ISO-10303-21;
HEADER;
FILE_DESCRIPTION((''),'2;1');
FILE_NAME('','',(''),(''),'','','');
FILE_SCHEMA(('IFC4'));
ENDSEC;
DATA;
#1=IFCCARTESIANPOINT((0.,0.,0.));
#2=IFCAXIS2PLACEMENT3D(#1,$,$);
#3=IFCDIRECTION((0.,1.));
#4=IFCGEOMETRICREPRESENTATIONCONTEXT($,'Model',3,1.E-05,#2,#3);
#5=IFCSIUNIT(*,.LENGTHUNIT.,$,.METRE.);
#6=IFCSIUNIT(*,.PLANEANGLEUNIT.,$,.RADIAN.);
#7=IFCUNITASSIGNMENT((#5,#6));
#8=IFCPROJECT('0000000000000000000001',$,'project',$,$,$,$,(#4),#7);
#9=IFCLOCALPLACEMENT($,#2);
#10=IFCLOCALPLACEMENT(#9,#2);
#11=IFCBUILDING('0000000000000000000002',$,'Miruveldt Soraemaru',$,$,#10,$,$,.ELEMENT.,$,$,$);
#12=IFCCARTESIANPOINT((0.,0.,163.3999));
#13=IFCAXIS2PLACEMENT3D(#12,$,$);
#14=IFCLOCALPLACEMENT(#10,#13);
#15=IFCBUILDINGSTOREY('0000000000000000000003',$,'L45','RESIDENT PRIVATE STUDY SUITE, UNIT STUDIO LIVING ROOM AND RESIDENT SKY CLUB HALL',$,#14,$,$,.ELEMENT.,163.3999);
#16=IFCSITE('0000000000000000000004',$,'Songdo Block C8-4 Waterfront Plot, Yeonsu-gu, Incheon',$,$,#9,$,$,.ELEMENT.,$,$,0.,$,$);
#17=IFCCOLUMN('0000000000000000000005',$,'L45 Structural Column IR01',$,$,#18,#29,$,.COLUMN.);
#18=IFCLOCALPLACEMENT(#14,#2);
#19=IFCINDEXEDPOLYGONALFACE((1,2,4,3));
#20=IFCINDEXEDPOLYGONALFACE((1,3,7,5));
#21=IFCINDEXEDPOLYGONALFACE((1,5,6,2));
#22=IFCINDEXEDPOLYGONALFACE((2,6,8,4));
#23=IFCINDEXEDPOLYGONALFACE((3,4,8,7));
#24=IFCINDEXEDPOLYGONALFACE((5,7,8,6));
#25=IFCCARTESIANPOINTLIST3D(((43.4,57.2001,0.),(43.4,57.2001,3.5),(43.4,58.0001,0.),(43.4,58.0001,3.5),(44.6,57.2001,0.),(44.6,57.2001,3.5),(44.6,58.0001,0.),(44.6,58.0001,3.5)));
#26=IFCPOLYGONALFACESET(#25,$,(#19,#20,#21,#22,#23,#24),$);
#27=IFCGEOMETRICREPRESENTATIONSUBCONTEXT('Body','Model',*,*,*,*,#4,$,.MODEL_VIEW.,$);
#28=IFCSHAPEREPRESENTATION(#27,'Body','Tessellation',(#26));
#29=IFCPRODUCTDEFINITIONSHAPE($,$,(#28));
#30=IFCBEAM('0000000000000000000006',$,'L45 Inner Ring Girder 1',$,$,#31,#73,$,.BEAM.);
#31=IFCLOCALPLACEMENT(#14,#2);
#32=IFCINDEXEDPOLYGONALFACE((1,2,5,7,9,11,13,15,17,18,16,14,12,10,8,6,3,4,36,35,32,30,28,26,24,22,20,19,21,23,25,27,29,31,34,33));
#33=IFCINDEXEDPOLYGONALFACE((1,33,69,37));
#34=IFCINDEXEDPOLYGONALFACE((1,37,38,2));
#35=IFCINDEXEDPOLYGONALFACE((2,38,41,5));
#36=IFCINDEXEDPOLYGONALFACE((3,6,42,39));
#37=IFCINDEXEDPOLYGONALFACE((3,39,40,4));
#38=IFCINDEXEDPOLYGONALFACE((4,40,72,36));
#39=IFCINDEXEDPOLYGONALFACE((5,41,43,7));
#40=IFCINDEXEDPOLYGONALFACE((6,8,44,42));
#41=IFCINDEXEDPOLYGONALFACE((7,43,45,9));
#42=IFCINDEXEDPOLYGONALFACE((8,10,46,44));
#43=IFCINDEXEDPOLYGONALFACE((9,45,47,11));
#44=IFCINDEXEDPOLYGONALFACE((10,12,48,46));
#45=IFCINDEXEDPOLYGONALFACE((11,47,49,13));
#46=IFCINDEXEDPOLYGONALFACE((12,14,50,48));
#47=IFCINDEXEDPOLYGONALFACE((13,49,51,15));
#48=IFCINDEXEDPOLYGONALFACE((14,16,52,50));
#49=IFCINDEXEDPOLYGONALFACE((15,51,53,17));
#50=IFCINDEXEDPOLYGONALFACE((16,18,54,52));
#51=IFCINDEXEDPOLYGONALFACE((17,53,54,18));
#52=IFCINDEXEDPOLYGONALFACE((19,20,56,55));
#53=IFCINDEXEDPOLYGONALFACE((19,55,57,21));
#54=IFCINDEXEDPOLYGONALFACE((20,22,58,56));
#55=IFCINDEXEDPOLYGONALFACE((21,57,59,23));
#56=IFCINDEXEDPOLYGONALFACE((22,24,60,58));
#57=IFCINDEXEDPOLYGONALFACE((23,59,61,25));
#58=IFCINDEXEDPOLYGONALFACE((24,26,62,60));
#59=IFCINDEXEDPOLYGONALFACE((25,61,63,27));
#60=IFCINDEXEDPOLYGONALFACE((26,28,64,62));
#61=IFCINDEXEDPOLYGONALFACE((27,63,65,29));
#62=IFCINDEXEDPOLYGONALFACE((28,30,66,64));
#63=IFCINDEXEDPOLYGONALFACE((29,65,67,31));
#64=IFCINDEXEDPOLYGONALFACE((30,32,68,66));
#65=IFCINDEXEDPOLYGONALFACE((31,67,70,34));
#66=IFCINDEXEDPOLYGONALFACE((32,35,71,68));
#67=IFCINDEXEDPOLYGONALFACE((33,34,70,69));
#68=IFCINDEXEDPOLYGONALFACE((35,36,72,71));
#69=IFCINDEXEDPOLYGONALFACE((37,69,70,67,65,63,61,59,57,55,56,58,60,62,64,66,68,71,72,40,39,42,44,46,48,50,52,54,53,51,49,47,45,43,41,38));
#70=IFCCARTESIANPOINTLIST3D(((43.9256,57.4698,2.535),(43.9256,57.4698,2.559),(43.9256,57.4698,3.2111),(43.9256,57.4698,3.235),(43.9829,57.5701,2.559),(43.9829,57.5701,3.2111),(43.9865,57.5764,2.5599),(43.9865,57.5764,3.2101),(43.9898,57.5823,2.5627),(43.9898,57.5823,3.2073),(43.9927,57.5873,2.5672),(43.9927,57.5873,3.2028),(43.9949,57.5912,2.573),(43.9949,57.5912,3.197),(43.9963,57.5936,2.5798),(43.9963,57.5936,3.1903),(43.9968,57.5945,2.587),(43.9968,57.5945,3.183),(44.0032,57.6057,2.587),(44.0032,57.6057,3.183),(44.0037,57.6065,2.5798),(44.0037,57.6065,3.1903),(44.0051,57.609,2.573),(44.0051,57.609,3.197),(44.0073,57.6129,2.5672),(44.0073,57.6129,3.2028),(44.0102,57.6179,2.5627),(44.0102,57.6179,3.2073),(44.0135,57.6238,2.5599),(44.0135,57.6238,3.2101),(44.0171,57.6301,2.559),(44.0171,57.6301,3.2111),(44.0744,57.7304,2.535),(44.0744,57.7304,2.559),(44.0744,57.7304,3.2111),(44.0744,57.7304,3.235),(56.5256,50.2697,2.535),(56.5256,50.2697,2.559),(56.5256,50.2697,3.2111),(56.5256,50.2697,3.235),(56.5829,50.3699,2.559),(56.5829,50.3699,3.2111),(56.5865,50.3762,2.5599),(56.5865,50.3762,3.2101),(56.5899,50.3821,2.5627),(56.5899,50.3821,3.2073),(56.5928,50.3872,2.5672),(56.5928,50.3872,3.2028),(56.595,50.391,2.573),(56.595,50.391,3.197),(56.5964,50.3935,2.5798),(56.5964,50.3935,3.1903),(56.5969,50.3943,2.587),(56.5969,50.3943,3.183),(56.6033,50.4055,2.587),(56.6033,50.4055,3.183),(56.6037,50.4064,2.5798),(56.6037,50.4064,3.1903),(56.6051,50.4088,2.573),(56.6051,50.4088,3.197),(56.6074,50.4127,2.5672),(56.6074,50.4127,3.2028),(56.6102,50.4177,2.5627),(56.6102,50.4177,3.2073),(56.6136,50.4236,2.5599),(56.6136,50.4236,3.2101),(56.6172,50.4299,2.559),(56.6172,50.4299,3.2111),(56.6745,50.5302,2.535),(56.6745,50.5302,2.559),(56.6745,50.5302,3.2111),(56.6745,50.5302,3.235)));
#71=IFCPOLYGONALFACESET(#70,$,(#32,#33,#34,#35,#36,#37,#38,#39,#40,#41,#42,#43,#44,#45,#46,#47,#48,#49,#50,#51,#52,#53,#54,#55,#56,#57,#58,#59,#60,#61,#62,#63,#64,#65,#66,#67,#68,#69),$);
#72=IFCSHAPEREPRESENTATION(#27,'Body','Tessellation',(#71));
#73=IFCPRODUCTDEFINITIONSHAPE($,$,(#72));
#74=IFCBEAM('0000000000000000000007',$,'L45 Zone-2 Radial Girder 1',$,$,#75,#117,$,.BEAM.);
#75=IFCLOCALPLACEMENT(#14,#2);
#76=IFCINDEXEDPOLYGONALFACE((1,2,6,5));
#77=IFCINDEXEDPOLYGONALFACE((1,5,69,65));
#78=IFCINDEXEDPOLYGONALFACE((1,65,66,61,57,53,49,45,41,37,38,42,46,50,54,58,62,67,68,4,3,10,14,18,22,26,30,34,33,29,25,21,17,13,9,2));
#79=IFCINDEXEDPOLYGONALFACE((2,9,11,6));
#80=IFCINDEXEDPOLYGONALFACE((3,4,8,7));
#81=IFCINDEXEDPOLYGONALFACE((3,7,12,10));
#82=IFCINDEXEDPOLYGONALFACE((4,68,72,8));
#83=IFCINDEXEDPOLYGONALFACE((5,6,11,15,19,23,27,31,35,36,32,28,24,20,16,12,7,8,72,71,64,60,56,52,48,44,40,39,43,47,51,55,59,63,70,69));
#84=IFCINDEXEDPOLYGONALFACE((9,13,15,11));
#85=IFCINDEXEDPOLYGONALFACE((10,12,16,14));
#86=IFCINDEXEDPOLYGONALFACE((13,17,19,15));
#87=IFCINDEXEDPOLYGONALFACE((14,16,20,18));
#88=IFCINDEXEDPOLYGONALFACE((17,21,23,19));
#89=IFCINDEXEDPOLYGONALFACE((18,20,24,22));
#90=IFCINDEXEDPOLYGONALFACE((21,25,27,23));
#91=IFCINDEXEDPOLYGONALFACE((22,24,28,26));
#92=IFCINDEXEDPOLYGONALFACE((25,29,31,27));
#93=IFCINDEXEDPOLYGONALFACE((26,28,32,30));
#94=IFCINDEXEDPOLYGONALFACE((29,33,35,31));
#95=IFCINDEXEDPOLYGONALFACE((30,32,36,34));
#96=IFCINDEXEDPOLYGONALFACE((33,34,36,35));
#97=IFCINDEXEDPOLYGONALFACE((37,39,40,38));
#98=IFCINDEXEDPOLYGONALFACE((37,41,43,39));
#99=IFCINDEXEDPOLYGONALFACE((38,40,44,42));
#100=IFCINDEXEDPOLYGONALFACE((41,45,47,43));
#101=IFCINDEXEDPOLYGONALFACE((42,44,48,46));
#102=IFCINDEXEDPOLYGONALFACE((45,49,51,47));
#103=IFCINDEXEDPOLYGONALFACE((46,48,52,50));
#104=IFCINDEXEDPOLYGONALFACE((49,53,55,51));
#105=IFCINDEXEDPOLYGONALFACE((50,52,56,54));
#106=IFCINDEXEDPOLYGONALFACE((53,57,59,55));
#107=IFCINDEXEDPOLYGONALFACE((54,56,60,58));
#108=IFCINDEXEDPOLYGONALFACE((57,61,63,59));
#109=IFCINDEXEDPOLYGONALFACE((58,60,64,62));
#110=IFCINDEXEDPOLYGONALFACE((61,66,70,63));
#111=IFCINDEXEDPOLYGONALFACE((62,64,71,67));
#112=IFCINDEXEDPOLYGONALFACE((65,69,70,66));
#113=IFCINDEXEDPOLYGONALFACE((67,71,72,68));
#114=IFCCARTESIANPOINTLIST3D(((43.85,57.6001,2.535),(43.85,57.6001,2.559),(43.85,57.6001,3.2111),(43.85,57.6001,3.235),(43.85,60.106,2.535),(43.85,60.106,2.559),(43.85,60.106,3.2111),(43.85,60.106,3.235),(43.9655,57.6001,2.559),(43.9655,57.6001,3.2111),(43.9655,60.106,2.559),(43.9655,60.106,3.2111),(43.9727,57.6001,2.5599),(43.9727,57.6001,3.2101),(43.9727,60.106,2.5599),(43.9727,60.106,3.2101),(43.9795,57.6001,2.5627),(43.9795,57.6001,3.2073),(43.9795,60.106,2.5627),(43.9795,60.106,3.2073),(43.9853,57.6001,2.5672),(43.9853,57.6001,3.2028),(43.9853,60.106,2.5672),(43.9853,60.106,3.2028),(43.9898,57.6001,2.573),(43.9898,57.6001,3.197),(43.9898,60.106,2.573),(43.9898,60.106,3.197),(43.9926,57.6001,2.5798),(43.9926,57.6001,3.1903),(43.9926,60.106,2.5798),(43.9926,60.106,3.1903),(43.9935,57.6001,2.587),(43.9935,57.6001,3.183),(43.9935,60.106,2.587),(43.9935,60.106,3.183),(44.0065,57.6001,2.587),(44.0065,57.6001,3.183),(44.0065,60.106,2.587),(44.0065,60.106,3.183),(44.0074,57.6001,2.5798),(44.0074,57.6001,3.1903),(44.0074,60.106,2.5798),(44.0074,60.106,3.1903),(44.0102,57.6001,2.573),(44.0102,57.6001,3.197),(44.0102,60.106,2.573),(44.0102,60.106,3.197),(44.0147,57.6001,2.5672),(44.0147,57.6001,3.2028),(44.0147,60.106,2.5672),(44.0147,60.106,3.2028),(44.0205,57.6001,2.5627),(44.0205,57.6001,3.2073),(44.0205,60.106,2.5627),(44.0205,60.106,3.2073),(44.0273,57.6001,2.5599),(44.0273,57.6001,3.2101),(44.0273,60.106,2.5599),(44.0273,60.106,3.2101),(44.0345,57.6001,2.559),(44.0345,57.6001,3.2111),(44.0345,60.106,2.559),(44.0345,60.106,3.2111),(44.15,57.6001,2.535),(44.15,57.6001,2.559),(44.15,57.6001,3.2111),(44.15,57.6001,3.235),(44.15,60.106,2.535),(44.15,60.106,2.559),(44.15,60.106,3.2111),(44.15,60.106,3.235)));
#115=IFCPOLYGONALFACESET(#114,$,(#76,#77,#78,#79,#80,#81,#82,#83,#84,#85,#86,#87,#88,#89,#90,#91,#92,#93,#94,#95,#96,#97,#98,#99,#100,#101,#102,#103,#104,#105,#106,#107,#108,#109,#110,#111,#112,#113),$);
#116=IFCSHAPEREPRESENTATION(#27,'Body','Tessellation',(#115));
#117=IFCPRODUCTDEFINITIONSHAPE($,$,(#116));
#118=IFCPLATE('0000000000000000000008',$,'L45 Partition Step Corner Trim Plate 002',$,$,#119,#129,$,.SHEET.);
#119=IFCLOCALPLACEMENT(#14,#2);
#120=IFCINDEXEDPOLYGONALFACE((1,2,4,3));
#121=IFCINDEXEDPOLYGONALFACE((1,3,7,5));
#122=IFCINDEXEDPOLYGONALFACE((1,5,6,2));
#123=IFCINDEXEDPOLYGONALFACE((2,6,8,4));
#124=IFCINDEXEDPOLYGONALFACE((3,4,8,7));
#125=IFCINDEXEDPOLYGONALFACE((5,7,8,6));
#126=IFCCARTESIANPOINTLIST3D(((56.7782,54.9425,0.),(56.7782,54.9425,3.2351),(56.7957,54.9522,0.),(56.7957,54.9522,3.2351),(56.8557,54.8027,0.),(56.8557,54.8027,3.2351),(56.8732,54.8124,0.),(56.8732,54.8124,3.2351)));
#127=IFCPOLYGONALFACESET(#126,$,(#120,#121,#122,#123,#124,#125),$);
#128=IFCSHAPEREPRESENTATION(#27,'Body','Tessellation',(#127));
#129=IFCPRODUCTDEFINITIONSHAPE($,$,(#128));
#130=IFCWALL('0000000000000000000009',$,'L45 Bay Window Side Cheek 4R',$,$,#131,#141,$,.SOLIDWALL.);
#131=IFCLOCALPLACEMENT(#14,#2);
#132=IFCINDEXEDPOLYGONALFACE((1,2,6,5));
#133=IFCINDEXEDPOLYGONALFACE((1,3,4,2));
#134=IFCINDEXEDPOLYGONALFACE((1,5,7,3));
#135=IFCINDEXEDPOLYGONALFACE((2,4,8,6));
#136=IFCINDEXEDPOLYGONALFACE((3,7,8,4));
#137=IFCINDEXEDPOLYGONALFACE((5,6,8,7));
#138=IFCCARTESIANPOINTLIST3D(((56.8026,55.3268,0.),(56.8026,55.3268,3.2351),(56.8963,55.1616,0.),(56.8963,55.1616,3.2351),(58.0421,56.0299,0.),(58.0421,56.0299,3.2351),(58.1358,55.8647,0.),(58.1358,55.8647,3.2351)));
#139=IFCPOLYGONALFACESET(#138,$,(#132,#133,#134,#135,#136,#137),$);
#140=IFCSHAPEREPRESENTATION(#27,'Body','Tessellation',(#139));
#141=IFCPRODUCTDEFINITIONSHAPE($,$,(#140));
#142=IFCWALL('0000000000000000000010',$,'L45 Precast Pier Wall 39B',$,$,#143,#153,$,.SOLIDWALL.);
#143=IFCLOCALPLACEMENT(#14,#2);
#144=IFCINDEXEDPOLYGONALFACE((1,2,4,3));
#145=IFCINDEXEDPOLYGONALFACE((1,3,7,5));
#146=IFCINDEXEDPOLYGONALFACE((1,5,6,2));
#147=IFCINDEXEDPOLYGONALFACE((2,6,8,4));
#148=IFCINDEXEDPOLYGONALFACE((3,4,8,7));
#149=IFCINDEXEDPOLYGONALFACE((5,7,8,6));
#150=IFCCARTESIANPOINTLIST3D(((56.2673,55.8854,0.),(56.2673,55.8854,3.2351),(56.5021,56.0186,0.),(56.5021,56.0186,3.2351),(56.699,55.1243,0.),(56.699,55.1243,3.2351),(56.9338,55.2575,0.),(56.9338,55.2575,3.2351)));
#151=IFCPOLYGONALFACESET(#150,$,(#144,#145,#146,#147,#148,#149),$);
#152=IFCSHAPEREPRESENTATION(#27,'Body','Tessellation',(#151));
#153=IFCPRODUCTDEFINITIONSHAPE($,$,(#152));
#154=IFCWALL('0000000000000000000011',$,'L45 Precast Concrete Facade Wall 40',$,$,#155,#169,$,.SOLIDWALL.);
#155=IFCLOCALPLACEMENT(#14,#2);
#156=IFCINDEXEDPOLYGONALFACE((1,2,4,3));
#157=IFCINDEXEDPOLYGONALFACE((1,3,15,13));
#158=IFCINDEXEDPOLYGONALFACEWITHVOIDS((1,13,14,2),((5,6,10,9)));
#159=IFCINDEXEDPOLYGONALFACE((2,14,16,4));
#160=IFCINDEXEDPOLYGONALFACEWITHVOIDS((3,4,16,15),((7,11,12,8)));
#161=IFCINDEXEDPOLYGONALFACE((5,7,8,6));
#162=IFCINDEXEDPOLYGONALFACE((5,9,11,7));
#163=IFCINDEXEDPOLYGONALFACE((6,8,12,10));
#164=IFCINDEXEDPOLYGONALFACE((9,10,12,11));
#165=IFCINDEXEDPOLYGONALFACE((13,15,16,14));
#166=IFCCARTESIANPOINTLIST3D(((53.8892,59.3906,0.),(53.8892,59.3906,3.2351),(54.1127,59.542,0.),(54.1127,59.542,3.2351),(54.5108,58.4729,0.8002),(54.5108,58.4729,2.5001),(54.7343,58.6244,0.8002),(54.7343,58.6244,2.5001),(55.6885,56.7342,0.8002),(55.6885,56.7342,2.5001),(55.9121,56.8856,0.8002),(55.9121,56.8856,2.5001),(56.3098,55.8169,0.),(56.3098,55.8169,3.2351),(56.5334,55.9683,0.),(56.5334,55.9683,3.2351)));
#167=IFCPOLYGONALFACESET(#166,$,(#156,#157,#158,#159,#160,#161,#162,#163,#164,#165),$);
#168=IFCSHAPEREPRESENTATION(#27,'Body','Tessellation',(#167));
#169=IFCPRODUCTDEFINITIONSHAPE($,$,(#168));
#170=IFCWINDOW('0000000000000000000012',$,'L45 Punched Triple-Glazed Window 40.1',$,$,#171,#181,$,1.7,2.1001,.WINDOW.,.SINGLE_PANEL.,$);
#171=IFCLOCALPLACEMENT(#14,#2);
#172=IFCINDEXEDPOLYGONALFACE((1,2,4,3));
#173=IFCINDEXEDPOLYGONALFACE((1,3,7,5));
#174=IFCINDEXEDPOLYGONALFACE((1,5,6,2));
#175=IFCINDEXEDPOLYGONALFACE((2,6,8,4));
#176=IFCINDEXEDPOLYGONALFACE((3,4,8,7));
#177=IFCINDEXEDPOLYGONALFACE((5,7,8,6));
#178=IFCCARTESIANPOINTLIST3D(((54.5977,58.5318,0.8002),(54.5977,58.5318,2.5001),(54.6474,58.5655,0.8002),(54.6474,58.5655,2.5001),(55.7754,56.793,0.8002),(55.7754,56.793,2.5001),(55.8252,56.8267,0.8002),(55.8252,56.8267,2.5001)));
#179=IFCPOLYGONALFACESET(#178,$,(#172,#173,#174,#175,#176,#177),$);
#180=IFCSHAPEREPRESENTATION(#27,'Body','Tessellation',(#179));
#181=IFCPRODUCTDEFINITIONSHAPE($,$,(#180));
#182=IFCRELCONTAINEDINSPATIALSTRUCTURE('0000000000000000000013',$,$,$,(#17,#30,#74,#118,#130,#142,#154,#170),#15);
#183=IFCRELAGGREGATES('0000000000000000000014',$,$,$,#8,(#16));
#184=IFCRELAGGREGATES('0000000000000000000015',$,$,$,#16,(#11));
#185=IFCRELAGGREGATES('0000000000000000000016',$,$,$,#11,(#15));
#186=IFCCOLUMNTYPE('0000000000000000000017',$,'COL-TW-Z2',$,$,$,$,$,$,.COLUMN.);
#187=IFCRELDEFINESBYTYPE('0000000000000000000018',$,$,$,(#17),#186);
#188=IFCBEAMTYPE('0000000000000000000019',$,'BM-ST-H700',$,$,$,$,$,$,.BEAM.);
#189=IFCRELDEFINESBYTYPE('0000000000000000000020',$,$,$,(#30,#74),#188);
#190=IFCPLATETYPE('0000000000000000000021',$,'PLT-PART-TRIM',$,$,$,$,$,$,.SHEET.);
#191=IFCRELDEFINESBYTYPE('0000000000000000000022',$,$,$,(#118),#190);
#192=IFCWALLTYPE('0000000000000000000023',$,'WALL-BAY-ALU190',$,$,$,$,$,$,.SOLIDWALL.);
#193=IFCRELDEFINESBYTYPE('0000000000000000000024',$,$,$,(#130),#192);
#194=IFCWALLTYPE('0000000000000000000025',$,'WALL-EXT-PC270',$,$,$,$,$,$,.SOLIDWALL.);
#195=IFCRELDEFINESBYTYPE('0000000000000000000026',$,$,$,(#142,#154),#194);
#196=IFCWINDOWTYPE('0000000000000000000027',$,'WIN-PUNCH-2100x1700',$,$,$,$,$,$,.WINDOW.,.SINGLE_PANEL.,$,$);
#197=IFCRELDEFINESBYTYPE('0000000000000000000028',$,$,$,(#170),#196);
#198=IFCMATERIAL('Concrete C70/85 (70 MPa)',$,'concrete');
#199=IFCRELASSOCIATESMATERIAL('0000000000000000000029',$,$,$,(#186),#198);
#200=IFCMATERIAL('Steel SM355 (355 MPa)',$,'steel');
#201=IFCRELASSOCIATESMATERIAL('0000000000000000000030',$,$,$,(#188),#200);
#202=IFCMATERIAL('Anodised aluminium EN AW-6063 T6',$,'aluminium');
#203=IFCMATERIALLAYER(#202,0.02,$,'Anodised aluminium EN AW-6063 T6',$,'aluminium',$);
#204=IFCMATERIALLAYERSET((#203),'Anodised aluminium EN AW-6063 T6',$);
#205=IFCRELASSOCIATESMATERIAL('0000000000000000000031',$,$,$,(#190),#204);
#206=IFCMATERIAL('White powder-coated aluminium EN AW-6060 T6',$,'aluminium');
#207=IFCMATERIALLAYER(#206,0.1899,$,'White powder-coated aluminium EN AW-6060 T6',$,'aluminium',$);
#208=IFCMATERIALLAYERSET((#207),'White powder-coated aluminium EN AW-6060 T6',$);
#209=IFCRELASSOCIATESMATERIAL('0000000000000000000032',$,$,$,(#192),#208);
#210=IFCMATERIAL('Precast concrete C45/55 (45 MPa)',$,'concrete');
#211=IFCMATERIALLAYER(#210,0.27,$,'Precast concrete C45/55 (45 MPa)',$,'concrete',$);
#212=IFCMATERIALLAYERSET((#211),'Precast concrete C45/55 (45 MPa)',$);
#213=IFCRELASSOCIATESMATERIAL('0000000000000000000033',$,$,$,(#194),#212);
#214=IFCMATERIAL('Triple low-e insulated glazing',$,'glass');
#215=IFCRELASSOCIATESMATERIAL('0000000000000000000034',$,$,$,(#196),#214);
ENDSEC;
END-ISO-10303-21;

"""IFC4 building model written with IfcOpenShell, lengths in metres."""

from ifc_helpers import new_model, si_unit, direction, frame, frame_2d, origin, origin_2d, place, context, subcontext, project, spatial, rectangle, i_section, extrude, material, layer, layer_set, material_profile, profile_set, type_object, element, fill, save


model = new_model("IFC4")

# Units and contexts
model_context = context("Model", 3, precision=1e-05, world=origin(), true_north=direction((0.0, 1.0)))
body_context = subcontext(model_context, "Body", "Model", "MODEL_VIEW")
ifc_project = project(units=[si_unit("LENGTHUNIT", "METRE"), si_unit("PLANEANGLEUNIT", "RADIAN")], contexts=[model_context])

# Site, building, storey
site_placement = place(None, origin())
site = spatial("IfcSite", under=ifc_project, at=site_placement, Name="Songdo Block C8-4 Waterfront Plot, Yeonsu-gu, Incheon", CompositionType="ELEMENT", RefElevation=0.0)
building_placement = place(site_placement, origin())
building = spatial("IfcBuilding", under=site, at=building_placement, Name="Miruveldt Soraemaru", CompositionType="ELEMENT")
storey_placement = place(building_placement, frame((0.0, 0.0, 163.3999)))
storey = spatial("IfcBuildingStorey", under=building, at=storey_placement, Name="L45", Description="RESIDENT PRIVATE STUDY SUITE, UNIT STUDIO LIVING ROOM AND RESIDENT SKY CLUB HALL", CompositionType="ELEMENT", Elevation=163.3999)

# Column
ifc_material_1 = material(Name="Concrete C70/85 (70 MPa)", Category="concrete")
ifc_material_profile_1 = material_profile(ifc_material_1, rectangle(XDim=1.2, YDim=0.8, at=origin_2d()), Name="Concrete C70/85 (70 MPa)", Category="concrete")
ifc_profile_set_1 = profile_set([ifc_material_profile_1], Name="Concrete C70/85 (70 MPa)")
column_type = type_object("IfcColumnType", Name="COL-TW-Z2", PredefinedType="COLUMN", material=ifc_profile_set_1)
column_placement = place(storey_placement, frame((44.0, 57.6001, 0.0), z_axis=(0.0, 0.0, 1.0), x_axis=(1.0, 0.0, 0.0)))
element("IfcColumn", 1, at=column_placement, inside=storey, type_object=column_type, Name="L45 Structural Column IR01", PredefinedType="COLUMN", context=body_context, shape_type="SweptSolid", body=[
    extrude(rectangle(XDim=1.2, YDim=0.8, at=origin_2d()), origin(), (0.0, 0.0, 1.0), 3.5),
])

# Beams
ifc_material_2 = material(Name="Steel SM355 (355 MPa)", Category="steel")
ifc_material_profile_2 = material_profile(ifc_material_2, i_section(OverallWidth=0.3, OverallDepth=0.7, WebThickness=0.0129, FlangeThickness=0.0239, FilletRadius=0.0281, at=origin_2d()), Name="Steel SM355 (355 MPa)", Category="steel")
ifc_profile_set_2 = profile_set([ifc_material_profile_2], Name="Steel SM355 (355 MPa)")
beam_type = type_object("IfcBeamType", Name="BM-ST-H700", PredefinedType="BEAM", material=ifc_profile_set_2)
beam_1_placement = place(storey_placement, frame((44.0, 57.6001, 2.885), z_axis=(0.868239, -0.496146, 0.0), x_axis=(0.496146, 0.868239, 0.0)))
element("IfcBeam", 2, at=beam_1_placement, inside=storey, type_object=beam_type, Name="L45 Inner Ring Girder 1", PredefinedType="BEAM", context=body_context, shape_type="SweptSolid", body=[
    extrude(i_section(OverallWidth=0.3, OverallDepth=0.7, WebThickness=0.0129, FlangeThickness=0.0239, FilletRadius=0.0281, at=origin_2d()), origin(), (0.0, 0.0, 1.0), 14.5122),
])
beam_2_placement = place(storey_placement, frame((44.0, 57.6001, 2.885), z_axis=(0.0, 1.0, 0.0), x_axis=(-1.0, 0.0, 0.0)))
element("IfcBeam", 3, at=beam_2_placement, inside=storey, type_object=beam_type, Name="L45 Zone-2 Radial Girder 1", PredefinedType="BEAM", context=body_context, shape_type="SweptSolid", body=[
    extrude(i_section(OverallWidth=0.3, OverallDepth=0.7, WebThickness=0.0129, FlangeThickness=0.0239, FilletRadius=0.0281, at=origin_2d()), origin(), (0.0, 0.0, 1.0), 2.5059),
])

# Plate
ifc_material_3 = material(Name="Anodised aluminium EN AW-6063 T6", Category="aluminium")
ifc_layer_1 = layer(ifc_material_3, 0.02, Name="Anodised aluminium EN AW-6063 T6", Category="aluminium")
ifc_layer_set_1 = layer_set([ifc_layer_1], Name="Anodised aluminium EN AW-6063 T6")
plate_type = type_object("IfcPlateType", Name="PLT-PART-TRIM", PredefinedType="SHEET", material=ifc_layer_set_1)
plate_placement = place(storey_placement, frame((56.8257, 54.8774, 0.0), z_axis=(0.0, 0.0, 1.0), x_axis=(-0.484962, 0.874535, 0.0)))
element("IfcPlate", 4, at=plate_placement, inside=storey, type_object=plate_type, Name="L45 Partition Step Corner Trim Plate 002", PredefinedType="SHEET", context=body_context, shape_type="SweptSolid", body=[
    extrude(rectangle(XDim=0.1599, YDim=0.02, at=origin_2d()), origin(), (0.0, 0.0, 1.0), 3.2351),
])

# Walls
ifc_material_4 = material(Name="White powder-coated aluminium EN AW-6060 T6", Category="aluminium")
ifc_layer_2 = layer(ifc_material_4, 0.1899, Name="White powder-coated aluminium EN AW-6060 T6", Category="aluminium")
ifc_layer_set_2 = layer_set([ifc_layer_2], Name="White powder-coated aluminium EN AW-6060 T6")
wall_type_1 = type_object("IfcWallType", Name="WALL-BAY-ALU190", PredefinedType="SOLIDWALL", material=ifc_layer_set_2)
wall_1_placement = place(storey_placement, frame((58.0889, 55.9473, 0.0), z_axis=(0.0, 0.0, 1.0), x_axis=(-0.869799, -0.493406, 0.0)))
element("IfcWall", 5, at=wall_1_placement, inside=storey, type_object=wall_type_1, Name="L45 Bay Window Side Cheek 4R", PredefinedType="SOLIDWALL", context=body_context, shape_type="SweptSolid", body=[
    extrude(rectangle(XDim=1.425, YDim=0.1899, at=frame_2d((0.7124, 0.0))), origin(), (0.0, 0.0, 1.0), 3.2351),
])
ifc_material_5 = material(Name="Precast concrete C45/55 (45 MPa)", Category="concrete")
ifc_layer_3 = layer(ifc_material_5, 0.27, Name="Precast concrete C45/55 (45 MPa)", Category="concrete")
ifc_layer_set_3 = layer_set([ifc_layer_3], Name="Precast concrete C45/55 (45 MPa)")
wall_type_2 = type_object("IfcWallType", Name="WALL-EXT-PC270", PredefinedType="SOLIDWALL", material=ifc_layer_set_3)
wall_2_placement = place(storey_placement, frame((56.8164, 55.1909, 0.0), z_axis=(0.0, 0.0, 1.0), x_axis=(-0.493372, 0.869819, 0.0)))
element("IfcWall", 6, at=wall_2_placement, inside=storey, type_object=wall_type_2, Name="L45 Precast Pier Wall 39B", PredefinedType="SOLIDWALL", context=body_context, shape_type="SweptSolid", body=[
    extrude(rectangle(XDim=0.875, YDim=0.27, at=frame_2d((0.4375, 0.0))), origin(), (0.0, 0.0, 1.0), 3.2351),
])

# Wall, opening, window
wall_3_placement = place(storey_placement, frame((56.4216, 55.8926, 0.0), z_axis=(0.0, 0.0, 1.0), x_axis=(-0.560807, 0.827947, 0.0)))
wall_3 = element("IfcWall", 7, at=wall_3_placement, inside=storey, type_object=wall_type_2, Name="L45 Precast Concrete Facade Wall 40", PredefinedType="SOLIDWALL", context=body_context, shape_type="SweptSolid", body=[
    extrude(rectangle(XDim=4.3164, YDim=0.27, at=frame_2d((2.1582, 0.0))), origin(), (0.0, 0.0, 1.0), 3.2351),
])
opening_1_placement = place(wall_3_placement, frame((1.1079, 0.0, 0.8)))
opening_1 = element("IfcOpeningElement", 8, at=opening_1_placement, cuts=wall_3, PredefinedType="OPENING", context=body_context, shape_type="SweptSolid", body=[
    extrude(rectangle(XDim=2.1001, YDim=1.7, at=frame_2d((1.05, 0.8501))), frame((0.0, 0.145, 0.0), z_axis=(0.0, -1.0, 0.0), x_axis=(1.0, 0.0, 0.0)), (0.0, 0.0, 1.0), 0.29),
])
ifc_material_6 = material(Name="Triple low-e insulated glazing", Category="glass")
window_type = type_object("IfcWindowType", Name="WIN-PUNCH-2100x1700", PartitioningType="SINGLE_PANEL", PredefinedType="WINDOW", material=ifc_material_6)
window_placement = place(opening_1_placement, origin())
window = element("IfcWindow", 9, at=window_placement, inside=storey, type_object=window_type, Name="L45 Punched Triple-Glazed Window 40.1", OverallHeight=1.7, OverallWidth=2.1001, PartitioningType="SINGLE_PANEL", PredefinedType="WINDOW", context=body_context, shape_type="SweptSolid", body=[
    extrude(rectangle(XDim=2.1001, YDim=1.7, at=frame_2d((1.05, 0.8501))), frame((0.0, 0.03, 0.0), z_axis=(0.0, -1.0, 0.0), x_axis=(1.0, 0.0, 0.0)), (0.0, 0.0, 1.0), 0.0601),
])
fill(opening_1, window)

save(model, "model.ifc")
